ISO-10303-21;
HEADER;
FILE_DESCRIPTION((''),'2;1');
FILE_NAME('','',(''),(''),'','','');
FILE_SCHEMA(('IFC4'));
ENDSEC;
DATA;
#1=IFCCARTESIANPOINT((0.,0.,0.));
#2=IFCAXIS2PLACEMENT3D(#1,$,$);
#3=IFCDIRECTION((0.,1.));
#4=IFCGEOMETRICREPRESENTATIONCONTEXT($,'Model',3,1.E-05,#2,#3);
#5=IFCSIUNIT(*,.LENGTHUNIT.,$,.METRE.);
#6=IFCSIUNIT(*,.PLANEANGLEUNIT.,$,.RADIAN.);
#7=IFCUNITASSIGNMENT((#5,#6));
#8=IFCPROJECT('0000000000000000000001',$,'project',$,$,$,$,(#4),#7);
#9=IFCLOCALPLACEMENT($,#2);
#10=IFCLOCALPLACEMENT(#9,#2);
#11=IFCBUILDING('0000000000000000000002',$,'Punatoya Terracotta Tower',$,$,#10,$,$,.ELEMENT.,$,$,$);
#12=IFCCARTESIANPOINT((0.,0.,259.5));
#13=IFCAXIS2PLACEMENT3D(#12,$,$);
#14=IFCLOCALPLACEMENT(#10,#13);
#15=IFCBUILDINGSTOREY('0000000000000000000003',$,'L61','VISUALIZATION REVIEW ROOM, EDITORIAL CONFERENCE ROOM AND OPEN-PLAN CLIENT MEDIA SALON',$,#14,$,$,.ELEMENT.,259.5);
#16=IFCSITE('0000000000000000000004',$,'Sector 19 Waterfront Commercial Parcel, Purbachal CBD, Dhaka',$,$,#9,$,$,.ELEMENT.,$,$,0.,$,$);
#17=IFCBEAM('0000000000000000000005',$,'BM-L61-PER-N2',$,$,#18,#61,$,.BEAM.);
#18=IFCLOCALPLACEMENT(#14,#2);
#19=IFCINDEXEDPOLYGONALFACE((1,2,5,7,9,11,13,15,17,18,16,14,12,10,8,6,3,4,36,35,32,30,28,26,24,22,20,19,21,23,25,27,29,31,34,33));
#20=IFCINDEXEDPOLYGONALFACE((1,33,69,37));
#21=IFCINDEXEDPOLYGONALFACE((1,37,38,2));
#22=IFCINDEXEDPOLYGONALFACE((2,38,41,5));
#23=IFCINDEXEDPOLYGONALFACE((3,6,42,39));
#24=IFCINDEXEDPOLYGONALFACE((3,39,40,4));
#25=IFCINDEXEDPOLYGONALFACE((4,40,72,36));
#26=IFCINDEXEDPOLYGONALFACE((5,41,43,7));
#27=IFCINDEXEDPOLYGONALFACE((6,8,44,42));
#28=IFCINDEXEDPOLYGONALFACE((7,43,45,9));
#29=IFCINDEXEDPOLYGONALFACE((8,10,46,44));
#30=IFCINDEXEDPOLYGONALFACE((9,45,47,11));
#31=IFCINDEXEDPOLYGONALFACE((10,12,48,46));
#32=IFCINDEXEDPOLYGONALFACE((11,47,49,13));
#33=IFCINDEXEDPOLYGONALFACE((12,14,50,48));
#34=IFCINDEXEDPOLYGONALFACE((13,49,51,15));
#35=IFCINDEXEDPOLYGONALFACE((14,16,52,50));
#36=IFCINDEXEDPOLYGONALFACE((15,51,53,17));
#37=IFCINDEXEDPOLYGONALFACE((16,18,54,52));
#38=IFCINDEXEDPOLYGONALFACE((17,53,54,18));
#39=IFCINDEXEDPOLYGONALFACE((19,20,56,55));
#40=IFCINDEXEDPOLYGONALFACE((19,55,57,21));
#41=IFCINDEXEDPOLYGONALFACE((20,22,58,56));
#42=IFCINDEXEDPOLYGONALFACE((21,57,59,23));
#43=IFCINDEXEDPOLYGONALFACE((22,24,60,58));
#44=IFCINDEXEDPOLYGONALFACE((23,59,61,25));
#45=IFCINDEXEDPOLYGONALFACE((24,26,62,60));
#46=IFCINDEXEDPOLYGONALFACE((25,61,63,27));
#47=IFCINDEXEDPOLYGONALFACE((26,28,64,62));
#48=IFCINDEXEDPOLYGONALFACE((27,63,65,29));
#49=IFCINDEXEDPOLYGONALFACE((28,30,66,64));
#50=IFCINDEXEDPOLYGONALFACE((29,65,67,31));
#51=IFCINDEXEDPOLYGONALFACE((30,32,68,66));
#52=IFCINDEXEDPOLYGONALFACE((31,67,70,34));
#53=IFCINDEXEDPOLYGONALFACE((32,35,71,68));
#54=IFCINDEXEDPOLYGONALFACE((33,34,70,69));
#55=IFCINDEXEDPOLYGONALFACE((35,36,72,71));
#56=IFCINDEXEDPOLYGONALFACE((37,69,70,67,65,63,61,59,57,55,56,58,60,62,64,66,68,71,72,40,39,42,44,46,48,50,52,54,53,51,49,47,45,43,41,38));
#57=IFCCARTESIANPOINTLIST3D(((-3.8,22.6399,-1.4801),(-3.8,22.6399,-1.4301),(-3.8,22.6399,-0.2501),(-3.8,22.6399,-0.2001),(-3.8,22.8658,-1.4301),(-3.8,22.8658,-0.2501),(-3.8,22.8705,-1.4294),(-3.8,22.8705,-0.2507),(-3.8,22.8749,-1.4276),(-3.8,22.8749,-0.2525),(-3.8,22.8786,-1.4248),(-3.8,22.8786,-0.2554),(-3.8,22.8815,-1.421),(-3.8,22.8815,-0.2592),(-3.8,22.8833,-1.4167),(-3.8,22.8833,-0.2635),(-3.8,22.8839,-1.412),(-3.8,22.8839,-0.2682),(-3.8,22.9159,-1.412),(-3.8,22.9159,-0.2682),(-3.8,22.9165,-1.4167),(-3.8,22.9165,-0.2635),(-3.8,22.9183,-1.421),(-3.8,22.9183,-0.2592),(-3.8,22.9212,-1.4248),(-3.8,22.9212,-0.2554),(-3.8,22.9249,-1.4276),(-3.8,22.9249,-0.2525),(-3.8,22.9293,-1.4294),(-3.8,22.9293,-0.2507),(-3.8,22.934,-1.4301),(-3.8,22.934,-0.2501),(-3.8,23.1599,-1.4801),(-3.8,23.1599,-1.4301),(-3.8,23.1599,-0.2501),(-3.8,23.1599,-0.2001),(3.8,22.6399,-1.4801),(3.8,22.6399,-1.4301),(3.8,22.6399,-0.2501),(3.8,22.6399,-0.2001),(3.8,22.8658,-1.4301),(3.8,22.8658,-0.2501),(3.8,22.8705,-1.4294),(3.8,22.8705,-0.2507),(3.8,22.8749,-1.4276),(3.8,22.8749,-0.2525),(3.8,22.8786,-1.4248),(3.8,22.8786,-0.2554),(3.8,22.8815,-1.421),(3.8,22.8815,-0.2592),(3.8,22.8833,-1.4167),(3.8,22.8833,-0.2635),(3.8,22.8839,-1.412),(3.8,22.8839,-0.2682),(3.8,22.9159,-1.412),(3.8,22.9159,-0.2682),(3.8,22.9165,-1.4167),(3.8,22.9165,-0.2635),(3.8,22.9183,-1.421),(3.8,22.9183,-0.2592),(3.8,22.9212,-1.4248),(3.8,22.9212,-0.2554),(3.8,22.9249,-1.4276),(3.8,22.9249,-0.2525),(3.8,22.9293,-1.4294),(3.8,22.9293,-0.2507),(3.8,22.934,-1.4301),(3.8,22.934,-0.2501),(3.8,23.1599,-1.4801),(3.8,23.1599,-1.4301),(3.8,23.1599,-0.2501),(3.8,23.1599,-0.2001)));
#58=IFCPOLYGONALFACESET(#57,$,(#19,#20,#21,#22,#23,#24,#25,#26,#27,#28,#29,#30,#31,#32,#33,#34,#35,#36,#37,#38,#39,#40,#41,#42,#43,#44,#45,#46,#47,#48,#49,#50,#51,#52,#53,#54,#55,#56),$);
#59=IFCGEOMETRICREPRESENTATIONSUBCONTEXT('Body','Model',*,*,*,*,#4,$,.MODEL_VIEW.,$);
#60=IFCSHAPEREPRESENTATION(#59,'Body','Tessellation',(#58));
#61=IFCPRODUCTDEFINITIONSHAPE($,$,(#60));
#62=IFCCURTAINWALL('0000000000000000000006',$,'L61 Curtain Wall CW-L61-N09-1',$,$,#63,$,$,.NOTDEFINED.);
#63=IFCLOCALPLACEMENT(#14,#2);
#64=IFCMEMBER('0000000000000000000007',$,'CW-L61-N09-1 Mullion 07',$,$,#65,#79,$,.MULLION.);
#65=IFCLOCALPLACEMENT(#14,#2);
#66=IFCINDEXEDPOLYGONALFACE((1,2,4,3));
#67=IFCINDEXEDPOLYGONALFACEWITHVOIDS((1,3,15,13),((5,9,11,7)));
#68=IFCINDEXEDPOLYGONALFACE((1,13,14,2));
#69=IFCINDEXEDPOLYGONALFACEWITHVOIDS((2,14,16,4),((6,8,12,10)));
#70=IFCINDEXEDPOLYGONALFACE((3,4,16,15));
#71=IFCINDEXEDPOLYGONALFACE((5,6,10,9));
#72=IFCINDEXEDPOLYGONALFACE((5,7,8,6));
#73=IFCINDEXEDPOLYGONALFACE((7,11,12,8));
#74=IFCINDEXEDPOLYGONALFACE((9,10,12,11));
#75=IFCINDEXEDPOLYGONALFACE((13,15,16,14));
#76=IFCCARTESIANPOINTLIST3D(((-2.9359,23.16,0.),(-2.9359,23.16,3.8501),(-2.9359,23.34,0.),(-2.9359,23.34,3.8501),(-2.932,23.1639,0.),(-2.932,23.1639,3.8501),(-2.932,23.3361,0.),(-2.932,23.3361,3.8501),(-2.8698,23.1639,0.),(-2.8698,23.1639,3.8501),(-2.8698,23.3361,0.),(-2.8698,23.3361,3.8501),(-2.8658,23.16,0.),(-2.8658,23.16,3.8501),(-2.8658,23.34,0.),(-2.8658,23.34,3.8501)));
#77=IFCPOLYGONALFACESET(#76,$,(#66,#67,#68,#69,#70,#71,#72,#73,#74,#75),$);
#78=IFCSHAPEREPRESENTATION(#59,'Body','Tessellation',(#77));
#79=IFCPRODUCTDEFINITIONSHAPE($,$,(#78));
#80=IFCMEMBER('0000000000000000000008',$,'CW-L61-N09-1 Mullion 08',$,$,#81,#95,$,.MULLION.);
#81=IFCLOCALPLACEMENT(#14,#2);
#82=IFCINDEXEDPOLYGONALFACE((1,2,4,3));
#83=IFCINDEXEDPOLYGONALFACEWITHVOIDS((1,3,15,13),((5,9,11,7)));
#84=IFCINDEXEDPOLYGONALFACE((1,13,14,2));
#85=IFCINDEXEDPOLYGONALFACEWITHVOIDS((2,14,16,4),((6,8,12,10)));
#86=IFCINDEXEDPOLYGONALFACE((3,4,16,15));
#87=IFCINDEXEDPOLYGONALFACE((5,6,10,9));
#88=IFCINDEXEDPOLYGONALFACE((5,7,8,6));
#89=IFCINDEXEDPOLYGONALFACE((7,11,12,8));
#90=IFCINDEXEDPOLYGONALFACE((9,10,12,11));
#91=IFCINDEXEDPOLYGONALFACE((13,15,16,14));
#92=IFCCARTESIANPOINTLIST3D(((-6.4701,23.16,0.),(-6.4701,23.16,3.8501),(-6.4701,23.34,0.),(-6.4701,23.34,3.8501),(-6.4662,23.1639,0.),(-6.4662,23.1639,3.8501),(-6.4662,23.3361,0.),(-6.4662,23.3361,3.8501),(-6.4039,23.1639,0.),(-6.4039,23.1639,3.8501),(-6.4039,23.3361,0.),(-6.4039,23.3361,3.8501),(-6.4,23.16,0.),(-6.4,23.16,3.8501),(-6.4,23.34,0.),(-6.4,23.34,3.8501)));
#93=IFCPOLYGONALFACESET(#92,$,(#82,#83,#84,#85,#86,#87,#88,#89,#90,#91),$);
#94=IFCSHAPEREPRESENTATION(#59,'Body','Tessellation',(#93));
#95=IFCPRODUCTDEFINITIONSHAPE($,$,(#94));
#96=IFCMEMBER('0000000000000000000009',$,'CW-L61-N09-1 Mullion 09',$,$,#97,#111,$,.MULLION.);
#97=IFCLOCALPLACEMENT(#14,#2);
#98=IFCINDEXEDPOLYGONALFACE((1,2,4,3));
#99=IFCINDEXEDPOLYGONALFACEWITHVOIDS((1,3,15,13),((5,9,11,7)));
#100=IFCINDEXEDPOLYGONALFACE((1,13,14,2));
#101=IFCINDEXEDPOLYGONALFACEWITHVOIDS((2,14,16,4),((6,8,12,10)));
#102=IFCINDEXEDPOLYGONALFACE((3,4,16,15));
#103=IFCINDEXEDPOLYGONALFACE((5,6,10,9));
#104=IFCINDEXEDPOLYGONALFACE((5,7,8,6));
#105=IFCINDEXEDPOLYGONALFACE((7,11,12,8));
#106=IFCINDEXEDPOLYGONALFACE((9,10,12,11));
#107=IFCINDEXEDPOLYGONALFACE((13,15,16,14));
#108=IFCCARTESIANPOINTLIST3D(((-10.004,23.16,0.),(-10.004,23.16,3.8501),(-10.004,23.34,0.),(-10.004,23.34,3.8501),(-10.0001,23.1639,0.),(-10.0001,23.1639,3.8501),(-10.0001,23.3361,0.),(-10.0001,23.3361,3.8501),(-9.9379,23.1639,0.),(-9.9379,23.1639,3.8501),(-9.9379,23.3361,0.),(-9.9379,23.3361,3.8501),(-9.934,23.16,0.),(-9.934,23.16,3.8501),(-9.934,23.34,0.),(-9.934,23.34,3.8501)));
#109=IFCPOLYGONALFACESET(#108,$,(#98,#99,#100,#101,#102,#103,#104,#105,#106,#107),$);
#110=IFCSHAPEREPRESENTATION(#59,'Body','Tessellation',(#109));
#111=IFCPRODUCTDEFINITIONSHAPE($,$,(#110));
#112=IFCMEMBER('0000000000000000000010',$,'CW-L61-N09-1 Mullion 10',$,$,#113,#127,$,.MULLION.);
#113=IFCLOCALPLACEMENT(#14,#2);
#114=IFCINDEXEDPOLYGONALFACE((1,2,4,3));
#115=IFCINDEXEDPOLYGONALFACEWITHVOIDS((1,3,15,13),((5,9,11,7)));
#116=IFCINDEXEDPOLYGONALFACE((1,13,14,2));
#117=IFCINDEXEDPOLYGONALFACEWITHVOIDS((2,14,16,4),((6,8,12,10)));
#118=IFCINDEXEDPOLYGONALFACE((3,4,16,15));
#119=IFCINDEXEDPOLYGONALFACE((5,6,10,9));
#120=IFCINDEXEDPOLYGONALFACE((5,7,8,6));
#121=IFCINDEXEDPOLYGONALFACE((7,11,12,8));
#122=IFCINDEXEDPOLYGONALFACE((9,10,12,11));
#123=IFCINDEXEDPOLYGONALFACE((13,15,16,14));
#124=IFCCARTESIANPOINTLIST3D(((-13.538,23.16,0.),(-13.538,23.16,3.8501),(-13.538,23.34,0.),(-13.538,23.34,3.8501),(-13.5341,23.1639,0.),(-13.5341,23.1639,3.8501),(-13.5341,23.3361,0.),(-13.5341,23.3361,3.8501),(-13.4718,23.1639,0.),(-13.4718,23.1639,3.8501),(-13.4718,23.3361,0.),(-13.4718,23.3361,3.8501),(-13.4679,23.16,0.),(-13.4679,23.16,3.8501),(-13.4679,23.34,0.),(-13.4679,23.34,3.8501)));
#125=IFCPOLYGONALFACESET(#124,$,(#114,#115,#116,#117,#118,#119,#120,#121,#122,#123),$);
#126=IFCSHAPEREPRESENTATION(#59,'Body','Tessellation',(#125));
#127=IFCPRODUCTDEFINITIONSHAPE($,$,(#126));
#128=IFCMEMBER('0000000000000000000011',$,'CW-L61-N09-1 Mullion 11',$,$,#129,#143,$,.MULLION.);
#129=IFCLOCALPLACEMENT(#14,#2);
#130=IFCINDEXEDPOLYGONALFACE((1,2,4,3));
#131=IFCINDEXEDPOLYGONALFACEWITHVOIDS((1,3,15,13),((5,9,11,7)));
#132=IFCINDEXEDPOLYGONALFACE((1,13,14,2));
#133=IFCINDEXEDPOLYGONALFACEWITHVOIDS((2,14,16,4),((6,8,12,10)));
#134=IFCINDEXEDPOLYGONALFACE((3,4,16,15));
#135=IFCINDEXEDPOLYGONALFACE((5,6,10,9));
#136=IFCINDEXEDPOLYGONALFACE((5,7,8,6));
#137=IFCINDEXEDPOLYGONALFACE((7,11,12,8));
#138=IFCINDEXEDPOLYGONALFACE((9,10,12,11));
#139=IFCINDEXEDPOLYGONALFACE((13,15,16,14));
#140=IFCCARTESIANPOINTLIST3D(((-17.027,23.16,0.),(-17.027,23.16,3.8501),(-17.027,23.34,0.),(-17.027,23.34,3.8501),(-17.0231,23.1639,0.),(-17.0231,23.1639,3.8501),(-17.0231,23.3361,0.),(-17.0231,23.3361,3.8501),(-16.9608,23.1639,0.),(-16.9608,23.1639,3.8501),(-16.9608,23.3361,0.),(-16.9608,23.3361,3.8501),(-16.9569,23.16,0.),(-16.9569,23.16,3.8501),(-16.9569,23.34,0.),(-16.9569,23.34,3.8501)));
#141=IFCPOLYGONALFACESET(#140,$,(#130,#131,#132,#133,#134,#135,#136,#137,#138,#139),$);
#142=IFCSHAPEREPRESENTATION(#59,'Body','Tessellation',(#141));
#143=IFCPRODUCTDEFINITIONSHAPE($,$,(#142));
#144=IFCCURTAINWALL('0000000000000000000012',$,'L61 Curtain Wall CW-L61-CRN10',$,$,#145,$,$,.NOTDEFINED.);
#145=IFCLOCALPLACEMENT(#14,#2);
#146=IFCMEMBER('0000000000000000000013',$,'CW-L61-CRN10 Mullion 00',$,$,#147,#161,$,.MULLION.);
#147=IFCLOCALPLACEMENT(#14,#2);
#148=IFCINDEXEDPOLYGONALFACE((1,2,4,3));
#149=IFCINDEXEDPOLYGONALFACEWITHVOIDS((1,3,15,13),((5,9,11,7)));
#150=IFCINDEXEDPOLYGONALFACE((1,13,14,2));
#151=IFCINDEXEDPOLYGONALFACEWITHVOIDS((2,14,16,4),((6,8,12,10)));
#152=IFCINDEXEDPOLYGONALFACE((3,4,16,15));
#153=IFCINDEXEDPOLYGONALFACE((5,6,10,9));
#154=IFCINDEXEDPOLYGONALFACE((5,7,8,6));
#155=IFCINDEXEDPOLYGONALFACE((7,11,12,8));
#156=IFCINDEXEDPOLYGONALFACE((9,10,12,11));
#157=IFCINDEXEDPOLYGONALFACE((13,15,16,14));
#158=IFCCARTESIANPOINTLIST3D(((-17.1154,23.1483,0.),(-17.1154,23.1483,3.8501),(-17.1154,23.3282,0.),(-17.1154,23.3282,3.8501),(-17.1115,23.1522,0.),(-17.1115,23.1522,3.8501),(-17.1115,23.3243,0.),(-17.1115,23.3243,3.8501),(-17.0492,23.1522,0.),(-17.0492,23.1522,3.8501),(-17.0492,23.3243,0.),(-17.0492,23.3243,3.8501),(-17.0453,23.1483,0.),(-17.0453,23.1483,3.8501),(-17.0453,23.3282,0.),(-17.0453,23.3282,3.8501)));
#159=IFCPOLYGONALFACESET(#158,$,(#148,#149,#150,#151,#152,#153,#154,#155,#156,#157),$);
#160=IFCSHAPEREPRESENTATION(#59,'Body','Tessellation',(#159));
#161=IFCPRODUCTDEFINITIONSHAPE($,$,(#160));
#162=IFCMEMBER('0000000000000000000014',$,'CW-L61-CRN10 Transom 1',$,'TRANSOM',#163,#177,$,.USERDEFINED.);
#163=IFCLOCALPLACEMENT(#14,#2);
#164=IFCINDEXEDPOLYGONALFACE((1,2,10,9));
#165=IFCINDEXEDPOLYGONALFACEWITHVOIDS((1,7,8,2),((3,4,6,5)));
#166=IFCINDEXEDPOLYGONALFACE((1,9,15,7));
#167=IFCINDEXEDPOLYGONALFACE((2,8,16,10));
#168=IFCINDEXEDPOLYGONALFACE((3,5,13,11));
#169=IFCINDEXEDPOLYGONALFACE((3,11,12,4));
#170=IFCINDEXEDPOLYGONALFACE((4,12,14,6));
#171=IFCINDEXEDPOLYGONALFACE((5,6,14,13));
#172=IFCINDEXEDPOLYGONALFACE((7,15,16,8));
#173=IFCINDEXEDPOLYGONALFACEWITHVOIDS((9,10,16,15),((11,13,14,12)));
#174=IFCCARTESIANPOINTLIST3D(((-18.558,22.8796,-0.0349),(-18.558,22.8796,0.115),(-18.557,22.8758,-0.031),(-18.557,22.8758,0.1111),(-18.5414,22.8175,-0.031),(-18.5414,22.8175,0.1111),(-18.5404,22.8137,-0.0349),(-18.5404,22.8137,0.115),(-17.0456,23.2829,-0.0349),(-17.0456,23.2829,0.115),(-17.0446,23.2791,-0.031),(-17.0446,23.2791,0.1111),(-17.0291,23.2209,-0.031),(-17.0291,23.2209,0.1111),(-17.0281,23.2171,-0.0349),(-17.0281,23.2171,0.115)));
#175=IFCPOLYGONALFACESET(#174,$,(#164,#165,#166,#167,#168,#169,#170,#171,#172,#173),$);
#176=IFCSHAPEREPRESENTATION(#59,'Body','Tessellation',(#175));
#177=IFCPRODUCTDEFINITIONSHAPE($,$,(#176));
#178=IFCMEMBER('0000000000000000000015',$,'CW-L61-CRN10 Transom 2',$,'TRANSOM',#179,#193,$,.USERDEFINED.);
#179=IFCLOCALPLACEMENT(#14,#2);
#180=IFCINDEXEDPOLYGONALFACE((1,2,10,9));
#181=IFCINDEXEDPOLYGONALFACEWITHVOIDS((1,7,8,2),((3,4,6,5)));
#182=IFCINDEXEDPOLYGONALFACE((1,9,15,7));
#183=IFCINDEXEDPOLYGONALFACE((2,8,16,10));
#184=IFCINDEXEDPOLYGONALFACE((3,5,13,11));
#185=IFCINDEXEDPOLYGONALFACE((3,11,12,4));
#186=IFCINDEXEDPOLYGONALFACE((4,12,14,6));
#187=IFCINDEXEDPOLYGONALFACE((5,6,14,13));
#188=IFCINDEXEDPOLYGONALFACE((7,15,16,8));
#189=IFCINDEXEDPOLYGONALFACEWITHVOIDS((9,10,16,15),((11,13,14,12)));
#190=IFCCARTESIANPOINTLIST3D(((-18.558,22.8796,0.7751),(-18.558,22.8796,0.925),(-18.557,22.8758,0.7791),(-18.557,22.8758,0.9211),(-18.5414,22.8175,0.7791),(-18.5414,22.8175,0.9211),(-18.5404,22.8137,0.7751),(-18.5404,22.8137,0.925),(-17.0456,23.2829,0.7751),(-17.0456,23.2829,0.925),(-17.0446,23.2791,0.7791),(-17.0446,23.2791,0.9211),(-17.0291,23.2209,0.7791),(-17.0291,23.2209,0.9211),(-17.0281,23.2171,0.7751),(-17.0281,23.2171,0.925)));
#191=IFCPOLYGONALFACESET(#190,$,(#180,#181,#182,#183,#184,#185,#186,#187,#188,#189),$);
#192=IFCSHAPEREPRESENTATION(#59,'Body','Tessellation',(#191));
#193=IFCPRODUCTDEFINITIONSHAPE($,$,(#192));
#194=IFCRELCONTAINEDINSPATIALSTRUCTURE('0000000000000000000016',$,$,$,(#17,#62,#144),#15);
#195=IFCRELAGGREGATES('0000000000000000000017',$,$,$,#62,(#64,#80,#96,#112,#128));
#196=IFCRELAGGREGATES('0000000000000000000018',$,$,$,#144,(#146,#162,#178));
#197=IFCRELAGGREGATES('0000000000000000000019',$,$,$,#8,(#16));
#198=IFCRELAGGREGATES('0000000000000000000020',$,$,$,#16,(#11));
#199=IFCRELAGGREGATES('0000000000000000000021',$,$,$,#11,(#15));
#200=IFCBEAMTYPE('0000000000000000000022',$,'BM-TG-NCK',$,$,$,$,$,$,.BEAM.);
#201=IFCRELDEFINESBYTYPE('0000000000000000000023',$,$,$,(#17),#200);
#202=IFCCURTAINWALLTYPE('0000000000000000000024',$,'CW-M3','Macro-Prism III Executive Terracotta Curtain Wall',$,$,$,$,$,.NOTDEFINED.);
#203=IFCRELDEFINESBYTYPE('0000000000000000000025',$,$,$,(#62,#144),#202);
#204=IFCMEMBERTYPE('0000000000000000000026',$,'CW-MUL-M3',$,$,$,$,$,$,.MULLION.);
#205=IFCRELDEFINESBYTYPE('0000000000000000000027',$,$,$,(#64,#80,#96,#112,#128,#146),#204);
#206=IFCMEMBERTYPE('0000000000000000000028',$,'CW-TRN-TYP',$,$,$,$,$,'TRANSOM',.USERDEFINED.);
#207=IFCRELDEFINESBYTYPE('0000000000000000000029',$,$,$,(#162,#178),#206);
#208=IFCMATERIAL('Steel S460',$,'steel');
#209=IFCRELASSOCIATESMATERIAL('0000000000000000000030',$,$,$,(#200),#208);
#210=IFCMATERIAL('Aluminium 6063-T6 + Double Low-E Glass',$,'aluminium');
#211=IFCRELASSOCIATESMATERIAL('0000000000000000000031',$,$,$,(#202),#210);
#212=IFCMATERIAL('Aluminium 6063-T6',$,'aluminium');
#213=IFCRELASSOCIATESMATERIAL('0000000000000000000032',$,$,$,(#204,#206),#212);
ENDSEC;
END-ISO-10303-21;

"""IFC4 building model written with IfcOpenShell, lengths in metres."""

from ifc_helpers import new_model, si_unit, direction, frame, origin, origin_2d, place, context, subcontext, project, spatial, hollow_rectangle, i_section, extrude, material, material_profile, profile_set, type_object, element, aggregate, save


model = new_model("IFC4")

# Units and contexts
model_context = context("Model", 3, precision=1e-05, world=origin(), true_north=direction((0.0, 1.0)))
body_context = subcontext(model_context, "Body", "Model", "MODEL_VIEW")
ifc_project = project(units=[si_unit("LENGTHUNIT", "METRE"), si_unit("PLANEANGLEUNIT", "RADIAN")], contexts=[model_context])

# Site, building, storey
site_placement = place(None, origin())
site = spatial("IfcSite", under=ifc_project, at=site_placement, Name="Sector 19 Waterfront Commercial Parcel, Purbachal CBD, Dhaka", CompositionType="ELEMENT", RefElevation=0.0)
building_placement = place(site_placement, origin())
building = spatial("IfcBuilding", under=site, at=building_placement, Name="Punatoya Terracotta Tower", CompositionType="ELEMENT")
storey_placement = place(building_placement, frame((0.0, 0.0, 259.5)))
storey = spatial("IfcBuildingStorey", under=building, at=storey_placement, Name="L61", Description="VISUALIZATION REVIEW ROOM, EDITORIAL CONFERENCE ROOM AND OPEN-PLAN CLIENT MEDIA SALON", CompositionType="ELEMENT", Elevation=259.5)

# Shared definitions
ifc_material_1 = material(Name="Steel S460", Category="steel")

# Beam
ifc_material_profile_1 = material_profile(ifc_material_1, i_section(OverallWidth=0.52, OverallDepth=1.28, WebThickness=0.032, FlangeThickness=0.05, FilletRadius=0.0181, at=origin_2d()))
ifc_profile_set_1 = profile_set([ifc_material_profile_1], Name="Steel S460")
beam_type_1 = type_object("IfcBeamType", Name="BM-TG-NCK", PredefinedType="BEAM", material=ifc_profile_set_1)
beam_1_placement = place(storey_placement, frame((-3.8, 22.8999, -0.8401), z_axis=(1.0, 0.0, 0.0), x_axis=(0.0, 1.0, 0.0)))
element("IfcBeam", 1, at=beam_1_placement, inside=storey, type_object=beam_type_1, Name="BM-L61-PER-N2", PredefinedType="BEAM", context=body_context, shape_type="SweptSolid", body=[
    extrude(i_section(OverallWidth=0.52, OverallDepth=1.28, WebThickness=0.032, FlangeThickness=0.05, FilletRadius=0.0181, at=origin_2d()), origin(), (0.0, 0.0, 1.0), 7.6001),
])

# Curtain walls, members
ifc_material_2 = material(Name="Aluminium 6063-T6 + Double Low-E Glass", Category="aluminium")
curtain_wall_type = type_object("IfcCurtainWallType", Name="CW-M3", Description="Macro-Prism III Executive Terracotta Curtain Wall", PredefinedType="NOTDEFINED", material=ifc_material_2)
curtain_wall_1_placement = place(storey_placement, origin())
curtain_wall_1 = element("IfcCurtainWall", 2, at=curtain_wall_1_placement, inside=storey, type_object=curtain_wall_type, Name="L61 Curtain Wall CW-L61-N09-1", PredefinedType="NOTDEFINED")
ifc_material_3 = material(Name="Aluminium 6063-T6", Category="aluminium")
ifc_material_profile_2 = material_profile(ifc_material_3, hollow_rectangle(XDim=0.0701, YDim=0.1799, WallThickness=0.0039, at=origin_2d()))
ifc_profile_set_2 = profile_set([ifc_material_profile_2], Name="Aluminium 6063-T6")
member_type_1 = type_object("IfcMemberType", Name="CW-MUL-M3", PredefinedType="MULLION", material=ifc_profile_set_2)
member_1_placement = place(storey_placement, frame((-2.9009, 23.25, 0.0), z_axis=(0.0, 0.0, 1.0), x_axis=(1.0, 0.0, 0.0)))
member_1 = element("IfcMember", 3, at=member_1_placement, type_object=member_type_1, Name="CW-L61-N09-1 Mullion 07", PredefinedType="MULLION", context=body_context, shape_type="SweptSolid", body=[
    extrude(hollow_rectangle(XDim=0.0701, YDim=0.1799, WallThickness=0.0039, at=origin_2d()), origin(), (0.0, 0.0, 1.0), 3.8501),
])
member_2_placement = place(storey_placement, frame((-6.4351, 23.25, 0.0), z_axis=(0.0, 0.0, 1.0), x_axis=(1.0, 0.0, 0.0)))
member_2 = element("IfcMember", 4, at=member_2_placement, type_object=member_type_1, Name="CW-L61-N09-1 Mullion 08", PredefinedType="MULLION", context=body_context, shape_type="SweptSolid", body=[
    extrude(hollow_rectangle(XDim=0.0701, YDim=0.1799, WallThickness=0.0039, at=origin_2d()), origin(), (0.0, 0.0, 1.0), 3.8501),
])
member_3_placement = place(storey_placement, frame((-9.969, 23.25, 0.0), z_axis=(0.0, 0.0, 1.0), x_axis=(1.0, 0.0, 0.0)))
member_3 = element("IfcMember", 5, at=member_3_placement, type_object=member_type_1, Name="CW-L61-N09-1 Mullion 09", PredefinedType="MULLION", context=body_context, shape_type="SweptSolid", body=[
    extrude(hollow_rectangle(XDim=0.0701, YDim=0.1799, WallThickness=0.0039, at=origin_2d()), origin(), (0.0, 0.0, 1.0), 3.8501),
])
member_4_placement = place(storey_placement, frame((-13.5029, 23.25, 0.0), z_axis=(0.0, 0.0, 1.0), x_axis=(1.0, 0.0, 0.0)))
member_4 = element("IfcMember", 6, at=member_4_placement, type_object=member_type_1, Name="CW-L61-N09-1 Mullion 10", PredefinedType="MULLION", context=body_context, shape_type="SweptSolid", body=[
    extrude(hollow_rectangle(XDim=0.0701, YDim=0.1799, WallThickness=0.0039, at=origin_2d()), origin(), (0.0, 0.0, 1.0), 3.8501),
])
member_5_placement = place(storey_placement, frame((-16.9919, 23.25, 0.0), z_axis=(0.0, 0.0, 1.0), x_axis=(1.0, 0.0, 0.0)))
member_5 = element("IfcMember", 7, at=member_5_placement, type_object=member_type_1, Name="CW-L61-N09-1 Mullion 11", PredefinedType="MULLION", context=body_context, shape_type="SweptSolid", body=[
    extrude(hollow_rectangle(XDim=0.0701, YDim=0.1799, WallThickness=0.0039, at=origin_2d()), origin(), (0.0, 0.0, 1.0), 3.8501),
])
curtain_wall_2_placement = place(storey_placement, origin())
curtain_wall_2 = element("IfcCurtainWall", 8, at=curtain_wall_2_placement, inside=storey, type_object=curtain_wall_type, Name="L61 Curtain Wall CW-L61-CRN10", PredefinedType="NOTDEFINED")
member_6_placement = place(storey_placement, frame((-17.0803, 23.2383, 0.0), z_axis=(0.0, 0.0, 1.0), x_axis=(1.0, 0.0, 0.0)))
member_6 = element("IfcMember", 9, at=member_6_placement, type_object=member_type_1, Name="CW-L61-CRN10 Mullion 00", PredefinedType="MULLION", context=body_context, shape_type="SweptSolid", body=[
    extrude(hollow_rectangle(XDim=0.0701, YDim=0.1799, WallThickness=0.0039, at=origin_2d()), origin(), (0.0, 0.0, 1.0), 3.8501),
])
ifc_material_profile_3 = material_profile(ifc_material_3, hollow_rectangle(XDim=0.0681, YDim=0.1499, WallThickness=0.0039, at=origin_2d()))
ifc_profile_set_3 = profile_set([ifc_material_profile_3], Name="Aluminium 6063-T6")
member_type_2 = type_object("IfcMemberType", Name="CW-TRN-TYP", ElementType="TRANSOM", PredefinedType="USERDEFINED", material=ifc_profile_set_3)
member_7_placement = place(storey_placement, frame((-17.0369, 23.25, 0.04), z_axis=(-0.966225, -0.257701, 0.0), x_axis=(0.257701, -0.966225, 0.0)))
member_7 = element("IfcMember", 10, at=member_7_placement, type_object=member_type_2, Name="CW-L61-CRN10 Transom 1", ObjectType="TRANSOM", PredefinedType="USERDEFINED", context=body_context, shape_type="SweptSolid", body=[
    extrude(hollow_rectangle(XDim=0.0681, YDim=0.1499, WallThickness=0.0039, at=origin_2d()), origin(), (0.0, 0.0, 1.0), 1.5652),
])
member_8_placement = place(storey_placement, frame((-17.0369, 23.25, 0.8501), z_axis=(-0.966225, -0.257701, 0.0), x_axis=(0.257701, -0.966225, 0.0)))
member_8 = element("IfcMember", 11, at=member_8_placement, type_object=member_type_2, Name="CW-L61-CRN10 Transom 2", ObjectType="TRANSOM", PredefinedType="USERDEFINED", context=body_context, shape_type="SweptSolid", body=[
    extrude(hollow_rectangle(XDim=0.0681, YDim=0.1499, WallThickness=0.0039, at=origin_2d()), origin(), (0.0, 0.0, 1.0), 1.5652),
])

aggregate(curtain_wall_1, [member_1, member_2, member_3, member_4, member_5])
aggregate(curtain_wall_2, [member_6, member_7, member_8])

save(model, "model.ifc")
